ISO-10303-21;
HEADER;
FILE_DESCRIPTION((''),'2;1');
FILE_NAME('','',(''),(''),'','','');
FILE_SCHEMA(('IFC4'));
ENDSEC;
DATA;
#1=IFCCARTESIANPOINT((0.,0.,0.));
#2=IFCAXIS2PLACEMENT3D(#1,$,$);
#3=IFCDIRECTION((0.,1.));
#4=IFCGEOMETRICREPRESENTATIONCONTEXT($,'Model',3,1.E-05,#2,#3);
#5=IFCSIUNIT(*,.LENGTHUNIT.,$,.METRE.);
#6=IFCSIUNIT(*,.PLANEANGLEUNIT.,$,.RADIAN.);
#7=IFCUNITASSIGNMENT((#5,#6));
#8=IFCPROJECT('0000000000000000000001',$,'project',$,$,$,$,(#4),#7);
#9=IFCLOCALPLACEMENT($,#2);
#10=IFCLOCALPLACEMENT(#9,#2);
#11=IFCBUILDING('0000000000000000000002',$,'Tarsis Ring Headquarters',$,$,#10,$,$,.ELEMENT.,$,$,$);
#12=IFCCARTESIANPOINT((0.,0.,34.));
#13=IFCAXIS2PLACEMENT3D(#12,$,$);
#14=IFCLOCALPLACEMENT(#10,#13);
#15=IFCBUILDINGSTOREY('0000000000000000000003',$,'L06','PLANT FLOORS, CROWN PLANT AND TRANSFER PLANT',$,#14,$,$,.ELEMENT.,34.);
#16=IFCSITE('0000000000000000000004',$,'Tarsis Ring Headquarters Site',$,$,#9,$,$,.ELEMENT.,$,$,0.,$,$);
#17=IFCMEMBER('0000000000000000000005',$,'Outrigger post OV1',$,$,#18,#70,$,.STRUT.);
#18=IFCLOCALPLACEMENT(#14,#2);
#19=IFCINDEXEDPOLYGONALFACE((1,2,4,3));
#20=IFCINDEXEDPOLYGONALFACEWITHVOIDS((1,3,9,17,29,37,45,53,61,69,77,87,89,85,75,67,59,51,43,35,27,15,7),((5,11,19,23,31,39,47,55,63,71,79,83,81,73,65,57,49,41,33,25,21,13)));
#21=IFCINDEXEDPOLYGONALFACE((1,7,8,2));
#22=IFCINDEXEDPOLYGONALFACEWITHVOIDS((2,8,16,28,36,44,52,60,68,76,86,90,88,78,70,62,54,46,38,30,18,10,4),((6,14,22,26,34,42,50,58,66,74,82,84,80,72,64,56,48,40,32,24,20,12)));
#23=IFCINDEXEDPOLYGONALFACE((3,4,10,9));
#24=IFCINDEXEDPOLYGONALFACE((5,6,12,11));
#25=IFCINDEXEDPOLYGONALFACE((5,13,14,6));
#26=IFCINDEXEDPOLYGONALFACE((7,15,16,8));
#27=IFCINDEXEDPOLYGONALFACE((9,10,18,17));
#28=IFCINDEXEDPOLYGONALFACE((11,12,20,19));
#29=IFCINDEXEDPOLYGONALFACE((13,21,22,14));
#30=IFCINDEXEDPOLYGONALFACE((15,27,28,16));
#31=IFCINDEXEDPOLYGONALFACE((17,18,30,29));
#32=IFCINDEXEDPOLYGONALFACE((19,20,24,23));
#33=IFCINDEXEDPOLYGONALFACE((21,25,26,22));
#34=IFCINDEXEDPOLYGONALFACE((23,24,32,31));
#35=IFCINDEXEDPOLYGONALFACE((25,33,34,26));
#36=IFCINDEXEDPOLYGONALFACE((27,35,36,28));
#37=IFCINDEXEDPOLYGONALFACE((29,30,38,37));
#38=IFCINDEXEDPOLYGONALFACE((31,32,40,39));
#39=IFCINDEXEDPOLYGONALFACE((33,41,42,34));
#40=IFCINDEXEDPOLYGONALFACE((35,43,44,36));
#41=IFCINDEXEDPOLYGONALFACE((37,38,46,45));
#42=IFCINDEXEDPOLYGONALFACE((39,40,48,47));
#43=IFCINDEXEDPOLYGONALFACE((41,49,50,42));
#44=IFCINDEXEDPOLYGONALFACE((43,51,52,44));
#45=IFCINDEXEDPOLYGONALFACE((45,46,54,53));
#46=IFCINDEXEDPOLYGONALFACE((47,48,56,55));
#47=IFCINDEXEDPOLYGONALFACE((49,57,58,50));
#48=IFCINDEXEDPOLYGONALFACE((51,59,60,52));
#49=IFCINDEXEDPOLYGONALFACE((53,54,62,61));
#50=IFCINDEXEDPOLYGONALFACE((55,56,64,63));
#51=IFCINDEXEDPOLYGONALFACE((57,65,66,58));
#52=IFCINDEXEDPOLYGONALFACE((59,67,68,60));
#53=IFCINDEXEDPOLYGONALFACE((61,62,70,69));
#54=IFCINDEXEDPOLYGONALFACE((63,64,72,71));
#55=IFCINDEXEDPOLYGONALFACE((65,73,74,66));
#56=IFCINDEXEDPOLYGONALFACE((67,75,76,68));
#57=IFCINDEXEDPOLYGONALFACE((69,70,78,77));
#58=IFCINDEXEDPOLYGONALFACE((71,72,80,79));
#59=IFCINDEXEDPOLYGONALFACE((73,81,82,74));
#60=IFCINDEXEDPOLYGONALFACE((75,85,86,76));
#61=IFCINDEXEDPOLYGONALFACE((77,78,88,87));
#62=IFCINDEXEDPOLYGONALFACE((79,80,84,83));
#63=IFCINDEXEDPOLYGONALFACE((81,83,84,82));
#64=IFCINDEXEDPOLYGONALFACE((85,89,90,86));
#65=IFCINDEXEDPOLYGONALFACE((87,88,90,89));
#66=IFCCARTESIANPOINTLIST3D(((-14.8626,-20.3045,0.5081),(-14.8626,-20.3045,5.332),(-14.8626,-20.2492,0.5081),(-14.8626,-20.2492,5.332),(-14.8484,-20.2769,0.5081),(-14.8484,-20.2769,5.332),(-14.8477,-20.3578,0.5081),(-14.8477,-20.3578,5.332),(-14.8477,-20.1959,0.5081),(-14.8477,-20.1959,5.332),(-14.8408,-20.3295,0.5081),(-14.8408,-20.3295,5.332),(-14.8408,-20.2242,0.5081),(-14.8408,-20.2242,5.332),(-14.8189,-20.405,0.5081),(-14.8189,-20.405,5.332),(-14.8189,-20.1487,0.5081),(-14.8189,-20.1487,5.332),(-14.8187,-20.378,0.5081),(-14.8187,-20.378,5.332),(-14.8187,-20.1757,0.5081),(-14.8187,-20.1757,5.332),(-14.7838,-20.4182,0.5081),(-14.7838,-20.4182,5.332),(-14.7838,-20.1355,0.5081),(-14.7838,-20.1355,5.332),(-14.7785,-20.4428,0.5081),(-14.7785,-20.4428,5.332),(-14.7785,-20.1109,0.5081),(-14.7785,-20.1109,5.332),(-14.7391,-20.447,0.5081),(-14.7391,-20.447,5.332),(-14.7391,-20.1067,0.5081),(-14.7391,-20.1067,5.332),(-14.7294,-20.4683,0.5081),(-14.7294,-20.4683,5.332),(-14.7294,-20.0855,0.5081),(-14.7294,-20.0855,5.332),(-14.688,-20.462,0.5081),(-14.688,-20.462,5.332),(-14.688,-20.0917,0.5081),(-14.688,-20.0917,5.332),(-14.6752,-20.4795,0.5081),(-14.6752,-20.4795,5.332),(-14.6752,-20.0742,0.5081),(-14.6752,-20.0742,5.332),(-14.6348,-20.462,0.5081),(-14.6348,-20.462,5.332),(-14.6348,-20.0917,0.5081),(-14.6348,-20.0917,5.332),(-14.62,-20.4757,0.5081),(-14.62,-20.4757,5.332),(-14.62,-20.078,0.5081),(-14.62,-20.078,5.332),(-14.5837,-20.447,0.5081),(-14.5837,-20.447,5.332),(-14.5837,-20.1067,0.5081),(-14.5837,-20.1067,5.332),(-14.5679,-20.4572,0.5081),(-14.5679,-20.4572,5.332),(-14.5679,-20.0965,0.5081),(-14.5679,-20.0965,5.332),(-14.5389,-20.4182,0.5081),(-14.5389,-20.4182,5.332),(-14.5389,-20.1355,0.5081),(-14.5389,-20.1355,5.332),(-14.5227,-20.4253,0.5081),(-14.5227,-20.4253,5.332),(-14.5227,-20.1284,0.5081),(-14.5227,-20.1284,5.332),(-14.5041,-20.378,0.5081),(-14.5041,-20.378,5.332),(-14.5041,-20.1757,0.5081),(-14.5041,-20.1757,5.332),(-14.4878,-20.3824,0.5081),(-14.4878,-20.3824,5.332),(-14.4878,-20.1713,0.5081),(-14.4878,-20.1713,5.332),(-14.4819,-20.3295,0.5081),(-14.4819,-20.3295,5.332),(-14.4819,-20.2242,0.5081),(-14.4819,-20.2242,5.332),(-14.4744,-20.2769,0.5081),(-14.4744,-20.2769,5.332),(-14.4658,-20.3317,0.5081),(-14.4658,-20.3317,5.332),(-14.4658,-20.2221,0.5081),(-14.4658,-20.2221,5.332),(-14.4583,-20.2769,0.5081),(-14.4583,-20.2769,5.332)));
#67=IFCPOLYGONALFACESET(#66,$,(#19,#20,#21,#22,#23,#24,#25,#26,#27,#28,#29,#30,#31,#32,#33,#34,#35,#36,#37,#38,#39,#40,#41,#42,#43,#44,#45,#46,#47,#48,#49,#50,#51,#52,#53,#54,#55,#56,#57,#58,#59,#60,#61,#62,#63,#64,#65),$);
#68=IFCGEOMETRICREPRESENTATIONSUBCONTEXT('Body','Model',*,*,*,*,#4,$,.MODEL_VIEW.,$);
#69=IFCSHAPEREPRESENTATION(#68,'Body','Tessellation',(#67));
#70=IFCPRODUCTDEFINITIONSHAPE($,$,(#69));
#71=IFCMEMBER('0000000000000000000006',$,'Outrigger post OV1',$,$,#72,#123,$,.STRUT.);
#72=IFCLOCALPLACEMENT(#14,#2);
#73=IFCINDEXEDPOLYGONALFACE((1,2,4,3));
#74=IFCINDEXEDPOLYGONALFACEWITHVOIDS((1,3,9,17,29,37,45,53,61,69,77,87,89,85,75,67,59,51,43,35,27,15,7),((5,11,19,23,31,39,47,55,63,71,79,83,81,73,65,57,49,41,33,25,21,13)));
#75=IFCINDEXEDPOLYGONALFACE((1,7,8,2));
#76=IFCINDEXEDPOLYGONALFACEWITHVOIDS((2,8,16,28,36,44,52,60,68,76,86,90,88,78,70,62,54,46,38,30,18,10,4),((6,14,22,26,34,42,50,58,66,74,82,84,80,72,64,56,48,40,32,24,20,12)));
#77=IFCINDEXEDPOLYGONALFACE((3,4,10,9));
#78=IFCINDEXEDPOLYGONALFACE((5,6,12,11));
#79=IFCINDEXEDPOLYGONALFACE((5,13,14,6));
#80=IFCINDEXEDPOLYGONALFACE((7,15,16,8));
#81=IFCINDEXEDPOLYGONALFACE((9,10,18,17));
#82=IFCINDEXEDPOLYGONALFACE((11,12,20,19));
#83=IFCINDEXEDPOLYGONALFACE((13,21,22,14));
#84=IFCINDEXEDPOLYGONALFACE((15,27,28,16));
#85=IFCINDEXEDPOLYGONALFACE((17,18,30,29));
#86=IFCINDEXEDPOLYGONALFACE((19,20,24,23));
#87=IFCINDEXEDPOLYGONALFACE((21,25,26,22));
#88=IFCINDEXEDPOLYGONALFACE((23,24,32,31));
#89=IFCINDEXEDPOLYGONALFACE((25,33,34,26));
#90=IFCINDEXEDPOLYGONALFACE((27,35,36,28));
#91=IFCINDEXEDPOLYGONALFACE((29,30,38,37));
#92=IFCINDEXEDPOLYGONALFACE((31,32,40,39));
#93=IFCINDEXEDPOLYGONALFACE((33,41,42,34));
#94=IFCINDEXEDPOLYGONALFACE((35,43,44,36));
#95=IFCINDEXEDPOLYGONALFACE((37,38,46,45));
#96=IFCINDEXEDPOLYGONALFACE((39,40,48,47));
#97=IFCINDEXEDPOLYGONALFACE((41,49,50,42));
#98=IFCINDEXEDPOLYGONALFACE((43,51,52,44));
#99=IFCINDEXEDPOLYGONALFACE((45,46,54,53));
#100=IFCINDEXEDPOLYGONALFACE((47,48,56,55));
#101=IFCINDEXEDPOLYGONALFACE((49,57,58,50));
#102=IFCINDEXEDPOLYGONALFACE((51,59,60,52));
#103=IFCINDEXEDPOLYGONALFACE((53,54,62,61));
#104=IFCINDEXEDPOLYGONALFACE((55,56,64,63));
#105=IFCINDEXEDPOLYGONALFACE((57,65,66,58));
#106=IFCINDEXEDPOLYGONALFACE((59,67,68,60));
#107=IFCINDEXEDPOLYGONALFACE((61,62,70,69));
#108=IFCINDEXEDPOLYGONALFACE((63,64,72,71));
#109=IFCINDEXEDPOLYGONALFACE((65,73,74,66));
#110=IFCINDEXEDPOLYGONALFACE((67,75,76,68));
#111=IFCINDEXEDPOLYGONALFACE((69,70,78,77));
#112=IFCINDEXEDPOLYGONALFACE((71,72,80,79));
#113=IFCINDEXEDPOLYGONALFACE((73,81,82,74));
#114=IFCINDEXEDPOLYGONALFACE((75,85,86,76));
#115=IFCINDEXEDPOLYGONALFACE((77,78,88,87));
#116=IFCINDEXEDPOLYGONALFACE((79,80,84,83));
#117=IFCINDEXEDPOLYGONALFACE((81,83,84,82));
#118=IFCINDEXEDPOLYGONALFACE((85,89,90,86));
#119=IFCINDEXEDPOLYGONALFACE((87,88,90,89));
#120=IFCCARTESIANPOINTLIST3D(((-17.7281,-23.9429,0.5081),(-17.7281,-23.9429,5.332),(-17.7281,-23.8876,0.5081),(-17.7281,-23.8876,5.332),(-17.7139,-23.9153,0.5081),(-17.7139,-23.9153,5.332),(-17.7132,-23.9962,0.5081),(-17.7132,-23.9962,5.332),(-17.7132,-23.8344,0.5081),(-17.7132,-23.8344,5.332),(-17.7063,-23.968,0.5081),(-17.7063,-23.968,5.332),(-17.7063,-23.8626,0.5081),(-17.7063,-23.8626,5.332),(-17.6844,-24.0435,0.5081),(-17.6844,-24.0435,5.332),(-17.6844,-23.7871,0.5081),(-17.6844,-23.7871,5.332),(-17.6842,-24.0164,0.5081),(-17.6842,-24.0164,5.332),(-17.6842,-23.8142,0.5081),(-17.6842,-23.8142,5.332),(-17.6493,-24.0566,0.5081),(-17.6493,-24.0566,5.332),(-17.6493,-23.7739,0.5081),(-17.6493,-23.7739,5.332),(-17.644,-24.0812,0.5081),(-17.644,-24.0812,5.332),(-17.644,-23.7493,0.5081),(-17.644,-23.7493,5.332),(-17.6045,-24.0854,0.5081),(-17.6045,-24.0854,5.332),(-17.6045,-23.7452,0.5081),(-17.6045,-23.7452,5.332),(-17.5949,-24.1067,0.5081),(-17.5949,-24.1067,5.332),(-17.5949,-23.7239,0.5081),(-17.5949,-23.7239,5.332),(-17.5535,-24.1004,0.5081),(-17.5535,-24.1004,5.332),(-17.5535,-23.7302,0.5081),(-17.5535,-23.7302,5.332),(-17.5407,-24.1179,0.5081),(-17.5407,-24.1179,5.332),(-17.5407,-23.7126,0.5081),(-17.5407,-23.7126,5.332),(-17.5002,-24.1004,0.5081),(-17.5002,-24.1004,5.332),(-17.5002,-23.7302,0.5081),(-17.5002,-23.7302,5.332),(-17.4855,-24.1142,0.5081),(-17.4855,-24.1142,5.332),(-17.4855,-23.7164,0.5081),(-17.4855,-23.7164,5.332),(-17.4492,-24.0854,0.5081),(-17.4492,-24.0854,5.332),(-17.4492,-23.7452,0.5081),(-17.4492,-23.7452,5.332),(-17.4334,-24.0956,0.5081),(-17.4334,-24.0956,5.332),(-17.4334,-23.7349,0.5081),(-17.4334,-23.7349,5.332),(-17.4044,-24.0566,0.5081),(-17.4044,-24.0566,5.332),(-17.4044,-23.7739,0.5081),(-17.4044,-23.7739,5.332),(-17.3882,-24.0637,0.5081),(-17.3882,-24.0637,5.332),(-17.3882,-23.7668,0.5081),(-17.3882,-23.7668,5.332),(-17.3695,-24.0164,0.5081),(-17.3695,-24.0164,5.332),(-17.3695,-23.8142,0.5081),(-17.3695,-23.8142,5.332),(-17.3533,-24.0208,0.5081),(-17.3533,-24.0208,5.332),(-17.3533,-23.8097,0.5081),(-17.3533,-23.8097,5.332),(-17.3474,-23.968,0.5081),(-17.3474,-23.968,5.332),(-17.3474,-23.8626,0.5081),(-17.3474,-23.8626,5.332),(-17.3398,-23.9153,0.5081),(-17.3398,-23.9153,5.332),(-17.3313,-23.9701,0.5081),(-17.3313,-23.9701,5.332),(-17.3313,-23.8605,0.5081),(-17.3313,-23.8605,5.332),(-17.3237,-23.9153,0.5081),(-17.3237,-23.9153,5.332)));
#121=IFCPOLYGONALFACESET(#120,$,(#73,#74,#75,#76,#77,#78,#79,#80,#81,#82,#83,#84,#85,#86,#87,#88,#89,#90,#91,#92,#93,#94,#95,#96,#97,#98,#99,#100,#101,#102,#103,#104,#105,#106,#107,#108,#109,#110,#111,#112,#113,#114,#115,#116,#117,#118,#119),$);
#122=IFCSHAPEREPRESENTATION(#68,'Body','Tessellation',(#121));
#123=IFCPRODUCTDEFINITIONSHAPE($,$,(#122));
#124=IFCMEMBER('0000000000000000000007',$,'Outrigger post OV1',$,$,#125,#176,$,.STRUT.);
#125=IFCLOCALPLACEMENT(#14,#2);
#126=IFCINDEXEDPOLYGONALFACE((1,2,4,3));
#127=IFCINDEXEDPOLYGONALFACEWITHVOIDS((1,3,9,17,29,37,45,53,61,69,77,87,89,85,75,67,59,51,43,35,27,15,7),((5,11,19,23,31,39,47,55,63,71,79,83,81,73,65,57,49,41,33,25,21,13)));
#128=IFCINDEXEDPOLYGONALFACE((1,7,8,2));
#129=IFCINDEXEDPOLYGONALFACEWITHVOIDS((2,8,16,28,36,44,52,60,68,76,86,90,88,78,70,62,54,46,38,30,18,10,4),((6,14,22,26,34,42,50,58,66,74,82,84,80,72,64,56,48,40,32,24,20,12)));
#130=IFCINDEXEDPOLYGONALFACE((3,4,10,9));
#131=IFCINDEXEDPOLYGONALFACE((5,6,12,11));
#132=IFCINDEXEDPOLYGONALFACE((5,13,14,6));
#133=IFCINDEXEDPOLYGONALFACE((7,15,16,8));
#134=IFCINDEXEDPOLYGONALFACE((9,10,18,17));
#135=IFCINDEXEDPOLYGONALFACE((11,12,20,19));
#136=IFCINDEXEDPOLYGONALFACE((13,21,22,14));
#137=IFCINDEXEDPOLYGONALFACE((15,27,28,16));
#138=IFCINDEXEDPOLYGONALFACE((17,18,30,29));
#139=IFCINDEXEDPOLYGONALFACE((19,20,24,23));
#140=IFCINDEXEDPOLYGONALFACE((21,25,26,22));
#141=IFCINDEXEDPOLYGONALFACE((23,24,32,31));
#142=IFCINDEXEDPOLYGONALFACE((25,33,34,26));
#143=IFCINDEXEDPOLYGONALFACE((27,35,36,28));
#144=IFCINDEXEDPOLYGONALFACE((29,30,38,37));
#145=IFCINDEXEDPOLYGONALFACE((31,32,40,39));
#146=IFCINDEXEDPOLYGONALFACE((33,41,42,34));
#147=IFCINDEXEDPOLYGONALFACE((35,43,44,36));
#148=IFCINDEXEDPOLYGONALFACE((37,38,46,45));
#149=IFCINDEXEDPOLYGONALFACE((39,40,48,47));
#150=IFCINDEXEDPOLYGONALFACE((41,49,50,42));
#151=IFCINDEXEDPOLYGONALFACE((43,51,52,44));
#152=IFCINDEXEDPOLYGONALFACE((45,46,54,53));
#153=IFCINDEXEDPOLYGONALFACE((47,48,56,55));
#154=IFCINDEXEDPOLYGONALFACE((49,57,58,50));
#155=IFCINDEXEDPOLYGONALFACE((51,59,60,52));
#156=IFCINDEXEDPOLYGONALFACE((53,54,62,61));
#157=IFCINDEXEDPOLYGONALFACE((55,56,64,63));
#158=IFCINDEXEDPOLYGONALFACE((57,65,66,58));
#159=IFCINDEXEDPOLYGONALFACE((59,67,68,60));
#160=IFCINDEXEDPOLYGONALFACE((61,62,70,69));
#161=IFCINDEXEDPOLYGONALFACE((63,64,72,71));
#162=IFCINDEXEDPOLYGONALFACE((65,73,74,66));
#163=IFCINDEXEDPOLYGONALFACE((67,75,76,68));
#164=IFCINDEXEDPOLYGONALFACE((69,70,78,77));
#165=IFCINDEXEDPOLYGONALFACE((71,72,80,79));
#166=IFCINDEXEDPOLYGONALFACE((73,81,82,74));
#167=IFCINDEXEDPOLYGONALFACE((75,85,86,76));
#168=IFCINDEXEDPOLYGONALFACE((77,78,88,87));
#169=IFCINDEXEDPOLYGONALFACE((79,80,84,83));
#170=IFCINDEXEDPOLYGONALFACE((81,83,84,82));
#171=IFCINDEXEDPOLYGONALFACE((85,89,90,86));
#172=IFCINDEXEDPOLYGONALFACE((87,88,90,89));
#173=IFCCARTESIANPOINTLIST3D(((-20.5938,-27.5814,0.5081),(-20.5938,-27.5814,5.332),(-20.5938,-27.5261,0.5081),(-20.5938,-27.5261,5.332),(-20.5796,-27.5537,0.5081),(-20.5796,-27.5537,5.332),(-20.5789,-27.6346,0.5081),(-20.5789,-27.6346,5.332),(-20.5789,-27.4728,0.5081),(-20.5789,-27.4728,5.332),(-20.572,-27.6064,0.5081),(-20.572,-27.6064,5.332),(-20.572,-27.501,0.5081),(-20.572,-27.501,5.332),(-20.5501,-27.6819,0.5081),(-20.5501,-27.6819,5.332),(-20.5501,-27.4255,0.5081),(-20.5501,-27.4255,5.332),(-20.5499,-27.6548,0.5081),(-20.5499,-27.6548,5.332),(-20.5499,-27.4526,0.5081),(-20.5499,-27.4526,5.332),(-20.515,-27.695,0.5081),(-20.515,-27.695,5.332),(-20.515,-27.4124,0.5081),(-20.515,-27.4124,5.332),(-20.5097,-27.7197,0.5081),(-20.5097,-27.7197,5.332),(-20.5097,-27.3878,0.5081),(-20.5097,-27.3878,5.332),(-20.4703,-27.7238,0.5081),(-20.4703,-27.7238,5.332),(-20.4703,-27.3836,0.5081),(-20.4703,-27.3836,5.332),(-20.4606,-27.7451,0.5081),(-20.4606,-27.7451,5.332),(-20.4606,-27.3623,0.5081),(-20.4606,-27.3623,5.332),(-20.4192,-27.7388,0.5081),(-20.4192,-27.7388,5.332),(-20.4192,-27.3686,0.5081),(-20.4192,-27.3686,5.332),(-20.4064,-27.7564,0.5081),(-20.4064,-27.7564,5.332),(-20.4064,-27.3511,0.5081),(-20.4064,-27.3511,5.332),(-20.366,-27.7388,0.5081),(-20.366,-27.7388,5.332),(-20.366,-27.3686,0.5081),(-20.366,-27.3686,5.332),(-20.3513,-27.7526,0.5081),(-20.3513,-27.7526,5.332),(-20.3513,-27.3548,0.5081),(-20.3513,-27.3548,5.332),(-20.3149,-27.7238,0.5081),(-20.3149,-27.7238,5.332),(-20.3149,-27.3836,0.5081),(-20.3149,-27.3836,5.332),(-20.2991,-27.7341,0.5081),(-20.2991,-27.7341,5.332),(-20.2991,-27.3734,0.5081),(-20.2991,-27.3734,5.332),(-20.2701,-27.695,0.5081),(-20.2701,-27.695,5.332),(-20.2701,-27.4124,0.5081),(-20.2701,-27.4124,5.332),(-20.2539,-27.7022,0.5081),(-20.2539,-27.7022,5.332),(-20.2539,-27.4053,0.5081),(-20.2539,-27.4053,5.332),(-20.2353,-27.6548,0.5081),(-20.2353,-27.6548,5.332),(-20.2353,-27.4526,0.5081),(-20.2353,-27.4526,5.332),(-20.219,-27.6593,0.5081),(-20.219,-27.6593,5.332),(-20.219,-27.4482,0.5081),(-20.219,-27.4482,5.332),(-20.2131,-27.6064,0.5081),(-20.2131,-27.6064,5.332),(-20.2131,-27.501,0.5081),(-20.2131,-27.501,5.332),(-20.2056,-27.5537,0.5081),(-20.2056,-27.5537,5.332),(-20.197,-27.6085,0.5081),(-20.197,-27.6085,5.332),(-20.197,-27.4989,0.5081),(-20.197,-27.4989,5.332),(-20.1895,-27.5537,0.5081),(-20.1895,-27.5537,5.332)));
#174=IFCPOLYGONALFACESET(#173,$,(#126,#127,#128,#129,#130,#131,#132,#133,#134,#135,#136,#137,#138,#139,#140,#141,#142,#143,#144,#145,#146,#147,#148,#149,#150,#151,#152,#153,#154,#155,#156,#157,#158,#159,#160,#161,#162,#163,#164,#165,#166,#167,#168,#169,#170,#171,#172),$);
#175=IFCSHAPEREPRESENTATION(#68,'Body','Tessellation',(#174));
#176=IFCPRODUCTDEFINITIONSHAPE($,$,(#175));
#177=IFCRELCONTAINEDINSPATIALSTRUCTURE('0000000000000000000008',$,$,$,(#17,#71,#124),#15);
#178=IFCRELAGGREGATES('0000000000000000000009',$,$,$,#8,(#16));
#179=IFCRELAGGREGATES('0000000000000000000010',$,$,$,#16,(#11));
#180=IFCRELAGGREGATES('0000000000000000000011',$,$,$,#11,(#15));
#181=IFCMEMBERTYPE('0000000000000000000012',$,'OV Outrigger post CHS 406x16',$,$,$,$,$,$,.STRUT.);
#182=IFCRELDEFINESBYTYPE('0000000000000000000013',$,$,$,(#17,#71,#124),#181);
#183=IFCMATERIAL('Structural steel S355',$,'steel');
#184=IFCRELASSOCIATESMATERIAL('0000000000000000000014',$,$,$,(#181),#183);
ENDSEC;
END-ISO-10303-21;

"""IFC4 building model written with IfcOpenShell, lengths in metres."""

from ifc_helpers import new_model, si_unit, direction, frame, origin, origin_2d, place, context, subcontext, project, spatial, hollow_circle, extrude, material, material_profile, profile_set, type_object, element, save


model = new_model("IFC4")

# Units and contexts
model_context = context("Model", 3, precision=1e-05, world=origin(), true_north=direction((0.0, 1.0)))
body_context = subcontext(model_context, "Body", "Model", "MODEL_VIEW")
ifc_project = project(units=[si_unit("LENGTHUNIT", "METRE"), si_unit("PLANEANGLEUNIT", "RADIAN")], contexts=[model_context])

# Site, building, storey
site_placement = place(None, origin())
site = spatial("IfcSite", under=ifc_project, at=site_placement, Name="Tarsis Ring Headquarters Site", CompositionType="ELEMENT", RefElevation=0.0)
building_placement = place(site_placement, origin())
building = spatial("IfcBuilding", under=site, at=building_placement, Name="Tarsis Ring Headquarters", CompositionType="ELEMENT")
storey_placement = place(building_placement, frame((0.0, 0.0, 34.0)))
storey = spatial("IfcBuildingStorey", under=building, at=storey_placement, Name="L06", Description="PLANT FLOORS, CROWN PLANT AND TRANSFER PLANT", CompositionType="ELEMENT", Elevation=34.0)

# Shared definitions
ifc_material_1 = material(Name="Structural steel S355", Category="steel")

# Members
ifc_material_profile_1 = material_profile(ifc_material_1, hollow_circle(Radius=0.2031, WallThickness=0.0161, at=origin_2d()), Name="CHS 406x16")
ifc_profile_set_1 = profile_set([ifc_material_profile_1], Name="Structural steel S355")
member_type_1 = type_object("IfcMemberType", Name="OV Outrigger post CHS 406x16", PredefinedType="STRUT", material=ifc_profile_set_1)
for number, where, z_axis, x_axis, name in (
    (1, (-14.6614, -20.2769, 0.5081), (0.0, 0.0, 1.0), (1.0, 0.0, 0.0), "Outrigger post OV1"),
    (2, (-17.5269, -23.9153, 0.5081), (0.0, 0.0, 1.0), (1.0, 0.0, 0.0), "Outrigger post OV1"),
    (3, (-20.3926, -27.5537, 0.5081), (0.0, 0.0, 1.0), (1.0, 0.0, 0.0), "Outrigger post OV1"),
):
    element("IfcMember", number, at=place(storey_placement, frame(where, z_axis=z_axis, x_axis=x_axis)), inside=storey, type_object=member_type_1, Name=name, PredefinedType="STRUT", context=body_context, shape_type="SweptSolid", body=[
        extrude(hollow_circle(Radius=0.2031, WallThickness=0.0161, at=origin_2d()), origin(), (0.0, 0.0, 1.0), 4.824),
    ])

save(model, "model.ifc")
